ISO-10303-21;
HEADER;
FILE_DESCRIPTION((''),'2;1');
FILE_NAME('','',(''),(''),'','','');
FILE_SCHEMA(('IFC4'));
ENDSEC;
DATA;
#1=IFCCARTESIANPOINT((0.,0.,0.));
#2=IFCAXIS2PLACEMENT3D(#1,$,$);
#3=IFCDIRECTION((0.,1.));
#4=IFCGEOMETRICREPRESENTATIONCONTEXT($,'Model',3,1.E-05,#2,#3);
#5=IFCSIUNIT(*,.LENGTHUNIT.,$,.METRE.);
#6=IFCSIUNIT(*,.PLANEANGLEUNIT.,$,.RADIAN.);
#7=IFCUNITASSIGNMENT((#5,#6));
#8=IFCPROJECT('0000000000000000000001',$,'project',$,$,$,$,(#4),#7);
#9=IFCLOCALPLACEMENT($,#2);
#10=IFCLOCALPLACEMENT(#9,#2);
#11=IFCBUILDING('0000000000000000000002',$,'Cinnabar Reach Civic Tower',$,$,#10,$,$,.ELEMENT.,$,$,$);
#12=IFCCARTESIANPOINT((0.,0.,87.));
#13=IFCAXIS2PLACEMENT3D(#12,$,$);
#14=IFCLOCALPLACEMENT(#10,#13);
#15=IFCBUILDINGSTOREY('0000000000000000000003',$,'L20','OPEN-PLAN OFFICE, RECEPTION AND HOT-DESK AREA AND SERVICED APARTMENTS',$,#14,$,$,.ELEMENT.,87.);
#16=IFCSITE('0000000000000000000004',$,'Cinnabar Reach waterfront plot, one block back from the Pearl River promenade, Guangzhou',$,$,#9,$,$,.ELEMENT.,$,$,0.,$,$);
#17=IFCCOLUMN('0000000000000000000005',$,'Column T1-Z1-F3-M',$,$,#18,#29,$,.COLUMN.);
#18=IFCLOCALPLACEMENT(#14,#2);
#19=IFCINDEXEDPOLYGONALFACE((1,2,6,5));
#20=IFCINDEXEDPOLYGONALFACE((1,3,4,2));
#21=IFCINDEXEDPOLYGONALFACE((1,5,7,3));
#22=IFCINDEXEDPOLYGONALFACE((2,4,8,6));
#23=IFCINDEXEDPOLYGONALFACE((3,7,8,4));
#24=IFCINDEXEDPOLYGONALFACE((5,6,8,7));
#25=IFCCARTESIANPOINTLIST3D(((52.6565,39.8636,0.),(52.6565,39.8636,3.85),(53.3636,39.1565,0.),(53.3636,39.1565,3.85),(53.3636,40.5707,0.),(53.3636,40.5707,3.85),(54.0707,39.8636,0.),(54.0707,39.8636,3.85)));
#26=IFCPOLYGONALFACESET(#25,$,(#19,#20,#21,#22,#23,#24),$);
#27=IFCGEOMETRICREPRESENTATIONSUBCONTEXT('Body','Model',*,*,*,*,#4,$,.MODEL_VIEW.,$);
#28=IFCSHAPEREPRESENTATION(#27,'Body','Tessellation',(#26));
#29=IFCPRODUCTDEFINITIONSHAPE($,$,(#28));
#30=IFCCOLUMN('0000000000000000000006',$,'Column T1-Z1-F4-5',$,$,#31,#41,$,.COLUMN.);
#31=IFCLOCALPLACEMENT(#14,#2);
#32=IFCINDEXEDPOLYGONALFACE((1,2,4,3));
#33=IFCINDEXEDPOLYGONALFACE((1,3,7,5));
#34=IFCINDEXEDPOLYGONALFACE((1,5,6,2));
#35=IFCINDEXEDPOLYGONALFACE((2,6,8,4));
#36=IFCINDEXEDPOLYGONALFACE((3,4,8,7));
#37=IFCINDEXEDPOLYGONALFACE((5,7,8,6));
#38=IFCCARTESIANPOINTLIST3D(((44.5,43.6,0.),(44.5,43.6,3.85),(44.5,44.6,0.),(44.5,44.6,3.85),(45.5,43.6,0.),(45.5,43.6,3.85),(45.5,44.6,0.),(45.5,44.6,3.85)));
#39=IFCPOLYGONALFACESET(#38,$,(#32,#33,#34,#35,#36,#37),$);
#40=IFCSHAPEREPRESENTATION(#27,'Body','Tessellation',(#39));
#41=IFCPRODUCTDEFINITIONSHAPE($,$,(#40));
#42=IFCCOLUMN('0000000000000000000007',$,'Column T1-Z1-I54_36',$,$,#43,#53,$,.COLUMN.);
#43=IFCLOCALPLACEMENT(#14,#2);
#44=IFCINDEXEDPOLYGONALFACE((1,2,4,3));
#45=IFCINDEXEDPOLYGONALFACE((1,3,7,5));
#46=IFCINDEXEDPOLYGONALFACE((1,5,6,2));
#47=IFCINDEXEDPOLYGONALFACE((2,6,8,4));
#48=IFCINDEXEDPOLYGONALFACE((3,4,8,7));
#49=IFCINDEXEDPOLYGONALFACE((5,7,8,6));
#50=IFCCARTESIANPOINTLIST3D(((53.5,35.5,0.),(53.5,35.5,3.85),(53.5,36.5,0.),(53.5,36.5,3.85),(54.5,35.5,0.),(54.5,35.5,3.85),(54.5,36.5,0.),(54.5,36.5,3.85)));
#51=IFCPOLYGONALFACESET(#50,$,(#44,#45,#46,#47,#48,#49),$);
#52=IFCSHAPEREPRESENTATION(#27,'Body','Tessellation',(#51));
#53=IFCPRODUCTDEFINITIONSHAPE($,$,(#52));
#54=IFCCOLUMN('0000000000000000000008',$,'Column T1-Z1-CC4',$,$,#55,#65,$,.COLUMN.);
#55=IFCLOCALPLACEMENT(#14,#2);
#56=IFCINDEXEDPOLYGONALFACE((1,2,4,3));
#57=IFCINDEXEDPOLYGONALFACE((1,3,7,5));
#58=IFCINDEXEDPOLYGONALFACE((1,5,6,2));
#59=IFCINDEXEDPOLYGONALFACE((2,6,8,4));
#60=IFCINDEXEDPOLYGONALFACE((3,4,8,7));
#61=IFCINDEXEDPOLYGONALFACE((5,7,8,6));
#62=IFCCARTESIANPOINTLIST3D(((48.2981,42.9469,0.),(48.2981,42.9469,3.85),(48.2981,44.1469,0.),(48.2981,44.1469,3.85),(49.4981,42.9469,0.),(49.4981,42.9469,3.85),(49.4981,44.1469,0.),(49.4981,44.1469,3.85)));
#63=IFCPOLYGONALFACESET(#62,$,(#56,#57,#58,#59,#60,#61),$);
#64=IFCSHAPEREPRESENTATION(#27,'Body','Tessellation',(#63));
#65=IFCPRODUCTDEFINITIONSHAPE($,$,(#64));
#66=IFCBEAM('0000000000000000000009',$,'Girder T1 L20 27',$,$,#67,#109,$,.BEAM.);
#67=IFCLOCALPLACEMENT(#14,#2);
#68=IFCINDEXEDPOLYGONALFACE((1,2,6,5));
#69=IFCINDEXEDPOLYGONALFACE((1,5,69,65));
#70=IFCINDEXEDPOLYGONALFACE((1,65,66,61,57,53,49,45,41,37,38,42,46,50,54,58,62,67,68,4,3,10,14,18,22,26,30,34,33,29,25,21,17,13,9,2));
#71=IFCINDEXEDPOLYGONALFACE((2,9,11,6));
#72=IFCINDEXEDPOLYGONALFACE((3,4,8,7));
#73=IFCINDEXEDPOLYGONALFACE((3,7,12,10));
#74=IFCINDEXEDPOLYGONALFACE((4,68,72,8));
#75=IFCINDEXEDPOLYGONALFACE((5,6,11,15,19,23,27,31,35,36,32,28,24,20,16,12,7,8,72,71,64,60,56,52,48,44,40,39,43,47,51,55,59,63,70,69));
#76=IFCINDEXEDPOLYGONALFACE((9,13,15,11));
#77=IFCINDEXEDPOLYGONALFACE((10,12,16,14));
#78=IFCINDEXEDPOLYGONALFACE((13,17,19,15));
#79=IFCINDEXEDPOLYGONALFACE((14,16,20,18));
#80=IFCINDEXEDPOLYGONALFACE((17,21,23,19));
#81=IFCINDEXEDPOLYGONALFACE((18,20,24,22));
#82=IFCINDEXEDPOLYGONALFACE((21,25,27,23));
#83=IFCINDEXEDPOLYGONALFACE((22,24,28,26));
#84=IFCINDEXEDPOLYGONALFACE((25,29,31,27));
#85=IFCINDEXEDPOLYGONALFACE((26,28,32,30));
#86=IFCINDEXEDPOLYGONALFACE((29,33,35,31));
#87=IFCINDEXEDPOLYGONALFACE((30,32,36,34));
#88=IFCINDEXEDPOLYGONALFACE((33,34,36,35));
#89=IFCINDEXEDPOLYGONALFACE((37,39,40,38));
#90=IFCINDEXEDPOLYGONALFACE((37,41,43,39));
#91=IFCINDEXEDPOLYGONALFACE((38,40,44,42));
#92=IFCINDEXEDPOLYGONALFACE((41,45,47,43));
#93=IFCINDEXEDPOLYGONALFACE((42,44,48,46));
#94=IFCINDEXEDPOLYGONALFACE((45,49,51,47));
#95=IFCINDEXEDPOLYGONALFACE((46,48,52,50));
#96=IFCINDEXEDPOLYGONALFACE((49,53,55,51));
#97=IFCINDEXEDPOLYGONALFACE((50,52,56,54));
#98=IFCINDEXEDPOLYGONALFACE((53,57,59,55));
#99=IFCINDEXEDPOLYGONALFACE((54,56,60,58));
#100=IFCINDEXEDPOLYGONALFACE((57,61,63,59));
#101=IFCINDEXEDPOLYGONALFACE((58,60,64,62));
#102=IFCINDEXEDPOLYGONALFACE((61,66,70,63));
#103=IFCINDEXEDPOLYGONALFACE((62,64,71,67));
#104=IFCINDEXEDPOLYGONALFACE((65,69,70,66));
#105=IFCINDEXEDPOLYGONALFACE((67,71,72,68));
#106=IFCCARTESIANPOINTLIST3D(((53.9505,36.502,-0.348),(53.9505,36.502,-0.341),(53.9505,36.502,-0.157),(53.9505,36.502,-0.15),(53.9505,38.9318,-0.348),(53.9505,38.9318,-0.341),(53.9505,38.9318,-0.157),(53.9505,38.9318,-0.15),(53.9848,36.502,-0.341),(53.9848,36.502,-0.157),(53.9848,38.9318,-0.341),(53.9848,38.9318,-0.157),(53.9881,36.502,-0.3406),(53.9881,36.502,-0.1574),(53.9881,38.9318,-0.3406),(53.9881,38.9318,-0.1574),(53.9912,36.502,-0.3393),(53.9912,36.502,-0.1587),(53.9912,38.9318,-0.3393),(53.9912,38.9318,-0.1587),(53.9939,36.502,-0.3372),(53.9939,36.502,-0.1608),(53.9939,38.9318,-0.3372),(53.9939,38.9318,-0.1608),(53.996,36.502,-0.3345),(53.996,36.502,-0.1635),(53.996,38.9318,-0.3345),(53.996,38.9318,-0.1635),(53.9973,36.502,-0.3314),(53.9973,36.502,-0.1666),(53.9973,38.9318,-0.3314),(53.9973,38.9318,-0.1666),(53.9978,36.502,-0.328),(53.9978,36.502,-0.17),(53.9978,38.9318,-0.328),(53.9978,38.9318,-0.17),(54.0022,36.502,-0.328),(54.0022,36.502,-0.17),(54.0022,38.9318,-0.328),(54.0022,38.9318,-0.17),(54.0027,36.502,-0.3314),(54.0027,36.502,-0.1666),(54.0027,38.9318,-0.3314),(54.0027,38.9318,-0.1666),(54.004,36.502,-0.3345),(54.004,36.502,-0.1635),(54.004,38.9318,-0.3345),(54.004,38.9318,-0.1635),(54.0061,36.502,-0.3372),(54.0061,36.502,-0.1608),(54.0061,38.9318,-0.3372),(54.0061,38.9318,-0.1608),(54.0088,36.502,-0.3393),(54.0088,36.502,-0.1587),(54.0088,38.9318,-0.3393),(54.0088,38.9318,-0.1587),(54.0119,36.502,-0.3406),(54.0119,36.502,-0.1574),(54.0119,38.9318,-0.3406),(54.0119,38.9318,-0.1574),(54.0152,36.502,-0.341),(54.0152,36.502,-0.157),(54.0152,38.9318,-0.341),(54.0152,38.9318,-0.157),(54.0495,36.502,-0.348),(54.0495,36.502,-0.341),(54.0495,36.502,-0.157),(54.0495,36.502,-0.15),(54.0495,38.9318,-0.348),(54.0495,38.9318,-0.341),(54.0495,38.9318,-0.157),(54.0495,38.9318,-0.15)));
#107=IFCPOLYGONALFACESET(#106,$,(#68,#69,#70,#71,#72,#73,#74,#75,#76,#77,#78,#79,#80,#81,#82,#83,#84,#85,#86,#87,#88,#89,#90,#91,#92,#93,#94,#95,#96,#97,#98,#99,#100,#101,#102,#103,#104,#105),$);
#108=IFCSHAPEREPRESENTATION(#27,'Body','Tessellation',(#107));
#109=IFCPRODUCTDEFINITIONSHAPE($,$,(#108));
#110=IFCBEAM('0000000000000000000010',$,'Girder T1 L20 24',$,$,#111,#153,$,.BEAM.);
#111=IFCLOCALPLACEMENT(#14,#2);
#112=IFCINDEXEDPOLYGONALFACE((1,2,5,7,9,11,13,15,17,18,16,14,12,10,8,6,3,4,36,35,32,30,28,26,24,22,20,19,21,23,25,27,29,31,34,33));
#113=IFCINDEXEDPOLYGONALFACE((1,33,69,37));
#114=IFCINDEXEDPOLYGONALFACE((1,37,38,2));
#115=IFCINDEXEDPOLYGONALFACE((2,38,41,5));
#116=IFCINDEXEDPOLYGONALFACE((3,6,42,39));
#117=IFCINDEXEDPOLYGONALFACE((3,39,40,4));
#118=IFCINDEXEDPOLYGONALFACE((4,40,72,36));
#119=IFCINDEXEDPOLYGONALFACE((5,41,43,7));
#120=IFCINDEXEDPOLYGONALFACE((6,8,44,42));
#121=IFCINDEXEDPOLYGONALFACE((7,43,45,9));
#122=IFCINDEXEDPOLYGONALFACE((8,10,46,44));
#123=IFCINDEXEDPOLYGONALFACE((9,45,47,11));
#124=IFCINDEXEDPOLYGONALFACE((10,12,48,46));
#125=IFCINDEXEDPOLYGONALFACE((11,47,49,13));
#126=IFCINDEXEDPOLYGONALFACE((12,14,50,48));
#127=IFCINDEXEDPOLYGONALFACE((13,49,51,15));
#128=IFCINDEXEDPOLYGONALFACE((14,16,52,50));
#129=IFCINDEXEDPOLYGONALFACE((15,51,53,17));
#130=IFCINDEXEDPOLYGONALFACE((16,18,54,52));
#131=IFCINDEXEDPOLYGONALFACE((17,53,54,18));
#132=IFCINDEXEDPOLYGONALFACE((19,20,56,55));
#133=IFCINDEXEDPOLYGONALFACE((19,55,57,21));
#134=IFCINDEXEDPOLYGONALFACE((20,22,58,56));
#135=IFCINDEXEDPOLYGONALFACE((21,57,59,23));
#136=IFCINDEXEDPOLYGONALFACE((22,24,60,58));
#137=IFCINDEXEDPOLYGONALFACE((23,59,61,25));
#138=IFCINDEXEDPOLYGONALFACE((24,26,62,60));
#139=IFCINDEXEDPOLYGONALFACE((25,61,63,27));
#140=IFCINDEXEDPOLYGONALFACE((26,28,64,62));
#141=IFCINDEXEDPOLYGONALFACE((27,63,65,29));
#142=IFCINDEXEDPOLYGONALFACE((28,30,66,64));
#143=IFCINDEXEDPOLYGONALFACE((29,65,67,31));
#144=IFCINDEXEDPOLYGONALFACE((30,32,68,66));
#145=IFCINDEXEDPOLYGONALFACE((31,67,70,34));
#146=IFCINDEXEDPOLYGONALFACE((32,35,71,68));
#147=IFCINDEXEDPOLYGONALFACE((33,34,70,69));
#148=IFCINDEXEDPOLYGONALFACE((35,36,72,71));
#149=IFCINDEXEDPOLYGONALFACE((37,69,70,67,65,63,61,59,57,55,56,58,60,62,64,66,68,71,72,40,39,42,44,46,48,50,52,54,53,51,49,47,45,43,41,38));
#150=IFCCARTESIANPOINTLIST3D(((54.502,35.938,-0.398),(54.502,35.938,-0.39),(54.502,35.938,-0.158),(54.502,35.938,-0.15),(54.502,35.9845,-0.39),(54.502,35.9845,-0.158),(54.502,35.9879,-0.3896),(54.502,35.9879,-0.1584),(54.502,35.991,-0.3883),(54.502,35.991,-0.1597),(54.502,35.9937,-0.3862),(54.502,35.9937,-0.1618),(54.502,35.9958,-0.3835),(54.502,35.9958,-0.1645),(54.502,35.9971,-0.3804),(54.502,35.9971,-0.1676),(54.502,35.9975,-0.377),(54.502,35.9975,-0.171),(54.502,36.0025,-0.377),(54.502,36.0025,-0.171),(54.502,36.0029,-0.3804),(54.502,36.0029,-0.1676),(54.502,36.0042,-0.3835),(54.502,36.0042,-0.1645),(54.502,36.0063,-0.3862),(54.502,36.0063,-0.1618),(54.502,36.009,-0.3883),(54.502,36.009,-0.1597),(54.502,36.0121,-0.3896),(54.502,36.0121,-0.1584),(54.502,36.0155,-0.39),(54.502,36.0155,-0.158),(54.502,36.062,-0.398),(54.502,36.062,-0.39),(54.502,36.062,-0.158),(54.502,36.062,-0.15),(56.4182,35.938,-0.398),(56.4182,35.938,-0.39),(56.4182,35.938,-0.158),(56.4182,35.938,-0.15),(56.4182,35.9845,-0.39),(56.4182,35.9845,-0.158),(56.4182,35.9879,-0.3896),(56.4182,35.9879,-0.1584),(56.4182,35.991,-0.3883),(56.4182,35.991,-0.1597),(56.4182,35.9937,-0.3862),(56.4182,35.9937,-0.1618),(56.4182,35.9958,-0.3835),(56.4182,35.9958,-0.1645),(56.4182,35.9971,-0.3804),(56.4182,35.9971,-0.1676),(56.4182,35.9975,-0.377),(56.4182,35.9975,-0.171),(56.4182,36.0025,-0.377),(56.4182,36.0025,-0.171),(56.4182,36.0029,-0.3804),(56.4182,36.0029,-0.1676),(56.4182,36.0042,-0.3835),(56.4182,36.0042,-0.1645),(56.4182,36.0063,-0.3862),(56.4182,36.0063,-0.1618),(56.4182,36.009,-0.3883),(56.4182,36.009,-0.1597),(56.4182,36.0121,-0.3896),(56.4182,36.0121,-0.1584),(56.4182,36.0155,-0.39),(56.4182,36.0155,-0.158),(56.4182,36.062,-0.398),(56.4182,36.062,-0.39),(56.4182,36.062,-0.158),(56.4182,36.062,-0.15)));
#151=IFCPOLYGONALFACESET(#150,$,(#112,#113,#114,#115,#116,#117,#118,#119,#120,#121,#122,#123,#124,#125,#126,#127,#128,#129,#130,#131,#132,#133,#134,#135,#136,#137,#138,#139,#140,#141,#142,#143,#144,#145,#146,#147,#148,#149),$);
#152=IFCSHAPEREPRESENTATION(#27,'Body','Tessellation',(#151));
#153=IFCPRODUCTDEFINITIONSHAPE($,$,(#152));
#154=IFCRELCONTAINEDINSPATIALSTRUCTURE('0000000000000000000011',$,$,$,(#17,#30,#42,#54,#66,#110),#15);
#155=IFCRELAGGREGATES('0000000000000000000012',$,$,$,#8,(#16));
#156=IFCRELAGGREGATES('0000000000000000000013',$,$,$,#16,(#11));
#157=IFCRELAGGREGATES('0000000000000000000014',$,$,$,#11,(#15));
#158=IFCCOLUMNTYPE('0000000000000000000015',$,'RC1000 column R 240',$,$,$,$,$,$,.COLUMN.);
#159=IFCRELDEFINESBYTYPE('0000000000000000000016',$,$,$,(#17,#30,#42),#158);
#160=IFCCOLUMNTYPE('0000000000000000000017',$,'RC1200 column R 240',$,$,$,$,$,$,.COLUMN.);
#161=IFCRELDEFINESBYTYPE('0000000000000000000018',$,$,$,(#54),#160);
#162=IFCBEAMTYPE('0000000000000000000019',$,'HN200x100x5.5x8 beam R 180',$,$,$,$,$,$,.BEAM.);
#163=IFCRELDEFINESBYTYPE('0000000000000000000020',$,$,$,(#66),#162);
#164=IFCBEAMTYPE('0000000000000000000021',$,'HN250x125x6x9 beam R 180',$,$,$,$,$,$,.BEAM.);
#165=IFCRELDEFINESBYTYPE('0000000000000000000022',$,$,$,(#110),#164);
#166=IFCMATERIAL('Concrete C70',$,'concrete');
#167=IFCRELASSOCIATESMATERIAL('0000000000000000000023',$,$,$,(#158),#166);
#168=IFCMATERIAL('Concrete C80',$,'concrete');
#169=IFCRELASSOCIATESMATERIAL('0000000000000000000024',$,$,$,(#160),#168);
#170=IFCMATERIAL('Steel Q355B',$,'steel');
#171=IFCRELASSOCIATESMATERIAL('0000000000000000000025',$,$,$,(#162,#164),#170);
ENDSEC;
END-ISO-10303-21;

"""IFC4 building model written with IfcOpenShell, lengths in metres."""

from ifc_helpers import new_model, si_unit, direction, frame, origin, origin_2d, place, context, subcontext, project, spatial, rectangle, i_section, extrude, material, material_profile, profile_set, type_object, element, save


model = new_model("IFC4")

# Units and contexts
model_context = context("Model", 3, precision=1e-05, world=origin(), true_north=direction((0.0, 1.0)))
body_context = subcontext(model_context, "Body", "Model", "MODEL_VIEW")
ifc_project = project(units=[si_unit("LENGTHUNIT", "METRE"), si_unit("PLANEANGLEUNIT", "RADIAN")], contexts=[model_context])

# Site, building, storey
site_placement = place(None, origin())
site = spatial("IfcSite", under=ifc_project, at=site_placement, Name="Cinnabar Reach waterfront plot, one block back from the Pearl River promenade, Guangzhou", CompositionType="ELEMENT", RefElevation=0.0)
building_placement = place(site_placement, origin())
building = spatial("IfcBuilding", under=site, at=building_placement, Name="Cinnabar Reach Civic Tower", CompositionType="ELEMENT")
storey_placement = place(building_placement, frame((0.0, 0.0, 87.0)))
storey = spatial("IfcBuildingStorey", under=building, at=storey_placement, Name="L20", Description="OPEN-PLAN OFFICE, RECEPTION AND HOT-DESK AREA AND SERVICED APARTMENTS", CompositionType="ELEMENT", Elevation=87.0)

# Columns
ifc_material_1 = material(Name="Concrete C70", Category="concrete")
ifc_material_profile_1 = material_profile(ifc_material_1, rectangle(XDim=1.0, YDim=1.0, at=origin_2d()), Name="RC1000")
ifc_profile_set_1 = profile_set([ifc_material_profile_1], Name="Concrete C70")
column_type_1 = type_object("IfcColumnType", Name="RC1000 column R 240", PredefinedType="COLUMN", material=ifc_profile_set_1)
for number, where, z_axis, x_axis, name in (
    (1, (53.3636, 39.8636, 0.0), (0.0, 0.0, 1.0), (0.707107, 0.707107, 0.0), "Column T1-Z1-F3-M"),
    (2, (45.0, 44.1, 0.0), (0.0, 0.0, 1.0), (1.0, 0.0, 0.0), "Column T1-Z1-F4-5"),
    (3, (54.0, 36.0, 0.0), (0.0, 0.0, 1.0), (1.0, 0.0, 0.0), "Column T1-Z1-I54_36"),
):
    element("IfcColumn", number, at=place(storey_placement, frame(where, z_axis=z_axis, x_axis=x_axis)), inside=storey, type_object=column_type_1, Name=name, PredefinedType="COLUMN", context=body_context, shape_type="SweptSolid", body=[
        extrude(rectangle(XDim=1.0, YDim=1.0, at=origin_2d()), origin(), (0.0, 0.0, 1.0), 3.85),
    ])
ifc_material_2 = material(Name="Concrete C80", Category="concrete")
ifc_material_profile_2 = material_profile(ifc_material_2, rectangle(XDim=1.2, YDim=1.2, at=origin_2d()), Name="RC1200")
ifc_profile_set_2 = profile_set([ifc_material_profile_2], Name="Concrete C80")
column_type_2 = type_object("IfcColumnType", Name="RC1200 column R 240", PredefinedType="COLUMN", material=ifc_profile_set_2)
column_placement = place(storey_placement, frame((48.8981, 43.5469, 0.0), z_axis=(0.0, 0.0, 1.0), x_axis=(1.0, 0.0, 0.0)))
element("IfcColumn", 4, at=column_placement, inside=storey, type_object=column_type_2, Name="Column T1-Z1-CC4", PredefinedType="COLUMN", context=body_context, shape_type="SweptSolid", body=[
    extrude(rectangle(XDim=1.2, YDim=1.2, at=origin_2d()), origin(), (0.0, 0.0, 1.0), 3.85),
])

# Beams
ifc_material_3 = material(Name="Steel Q355B", Category="steel")
ifc_material_profile_3 = material_profile(ifc_material_3, i_section(OverallWidth=0.099, OverallDepth=0.198, WebThickness=0.0045, FlangeThickness=0.007, FilletRadius=0.013, at=origin_2d()), Name="HN200x100x5.5x8")
ifc_profile_set_3 = profile_set([ifc_material_profile_3], Name="Steel Q355B")
beam_type_1 = type_object("IfcBeamType", Name="HN200x100x5.5x8 beam R 180", PredefinedType="BEAM", material=ifc_profile_set_3)
beam_1_placement = place(storey_placement, frame((54.0, 36.502, -0.249), z_axis=(0.0, 1.0, 0.0), x_axis=(-1.0, 0.0, 0.0)))
element("IfcBeam", 5, at=beam_1_placement, inside=storey, type_object=beam_type_1, Name="Girder T1 L20 27", PredefinedType="BEAM", context=body_context, shape_type="SweptSolid", body=[
    extrude(i_section(OverallWidth=0.099, OverallDepth=0.198, WebThickness=0.0045, FlangeThickness=0.007, FilletRadius=0.013, at=origin_2d()), origin(), (0.0, 0.0, 1.0), 2.4298),
])
ifc_material_profile_4 = material_profile(ifc_material_3, i_section(OverallWidth=0.124, OverallDepth=0.248, WebThickness=0.005, FlangeThickness=0.008, FilletRadius=0.013, at=origin_2d()), Name="HN250x125x6x9")
ifc_profile_set_4 = profile_set([ifc_material_profile_4], Name="Steel Q355B")
beam_type_2 = type_object("IfcBeamType", Name="HN250x125x6x9 beam R 180", PredefinedType="BEAM", material=ifc_profile_set_4)
beam_2_placement = place(storey_placement, frame((54.502, 36.0, -0.274), z_axis=(1.0, 0.0, 0.0), x_axis=(0.0, 1.0, 0.0)))
element("IfcBeam", 6, at=beam_2_placement, inside=storey, type_object=beam_type_2, Name="Girder T1 L20 24", PredefinedType="BEAM", context=body_context, shape_type="SweptSolid", body=[
    extrude(i_section(OverallWidth=0.124, OverallDepth=0.248, WebThickness=0.005, FlangeThickness=0.008, FilletRadius=0.013, at=origin_2d()), origin(), (0.0, 0.0, 1.0), 1.9162),
])

save(model, "model.ifc")
